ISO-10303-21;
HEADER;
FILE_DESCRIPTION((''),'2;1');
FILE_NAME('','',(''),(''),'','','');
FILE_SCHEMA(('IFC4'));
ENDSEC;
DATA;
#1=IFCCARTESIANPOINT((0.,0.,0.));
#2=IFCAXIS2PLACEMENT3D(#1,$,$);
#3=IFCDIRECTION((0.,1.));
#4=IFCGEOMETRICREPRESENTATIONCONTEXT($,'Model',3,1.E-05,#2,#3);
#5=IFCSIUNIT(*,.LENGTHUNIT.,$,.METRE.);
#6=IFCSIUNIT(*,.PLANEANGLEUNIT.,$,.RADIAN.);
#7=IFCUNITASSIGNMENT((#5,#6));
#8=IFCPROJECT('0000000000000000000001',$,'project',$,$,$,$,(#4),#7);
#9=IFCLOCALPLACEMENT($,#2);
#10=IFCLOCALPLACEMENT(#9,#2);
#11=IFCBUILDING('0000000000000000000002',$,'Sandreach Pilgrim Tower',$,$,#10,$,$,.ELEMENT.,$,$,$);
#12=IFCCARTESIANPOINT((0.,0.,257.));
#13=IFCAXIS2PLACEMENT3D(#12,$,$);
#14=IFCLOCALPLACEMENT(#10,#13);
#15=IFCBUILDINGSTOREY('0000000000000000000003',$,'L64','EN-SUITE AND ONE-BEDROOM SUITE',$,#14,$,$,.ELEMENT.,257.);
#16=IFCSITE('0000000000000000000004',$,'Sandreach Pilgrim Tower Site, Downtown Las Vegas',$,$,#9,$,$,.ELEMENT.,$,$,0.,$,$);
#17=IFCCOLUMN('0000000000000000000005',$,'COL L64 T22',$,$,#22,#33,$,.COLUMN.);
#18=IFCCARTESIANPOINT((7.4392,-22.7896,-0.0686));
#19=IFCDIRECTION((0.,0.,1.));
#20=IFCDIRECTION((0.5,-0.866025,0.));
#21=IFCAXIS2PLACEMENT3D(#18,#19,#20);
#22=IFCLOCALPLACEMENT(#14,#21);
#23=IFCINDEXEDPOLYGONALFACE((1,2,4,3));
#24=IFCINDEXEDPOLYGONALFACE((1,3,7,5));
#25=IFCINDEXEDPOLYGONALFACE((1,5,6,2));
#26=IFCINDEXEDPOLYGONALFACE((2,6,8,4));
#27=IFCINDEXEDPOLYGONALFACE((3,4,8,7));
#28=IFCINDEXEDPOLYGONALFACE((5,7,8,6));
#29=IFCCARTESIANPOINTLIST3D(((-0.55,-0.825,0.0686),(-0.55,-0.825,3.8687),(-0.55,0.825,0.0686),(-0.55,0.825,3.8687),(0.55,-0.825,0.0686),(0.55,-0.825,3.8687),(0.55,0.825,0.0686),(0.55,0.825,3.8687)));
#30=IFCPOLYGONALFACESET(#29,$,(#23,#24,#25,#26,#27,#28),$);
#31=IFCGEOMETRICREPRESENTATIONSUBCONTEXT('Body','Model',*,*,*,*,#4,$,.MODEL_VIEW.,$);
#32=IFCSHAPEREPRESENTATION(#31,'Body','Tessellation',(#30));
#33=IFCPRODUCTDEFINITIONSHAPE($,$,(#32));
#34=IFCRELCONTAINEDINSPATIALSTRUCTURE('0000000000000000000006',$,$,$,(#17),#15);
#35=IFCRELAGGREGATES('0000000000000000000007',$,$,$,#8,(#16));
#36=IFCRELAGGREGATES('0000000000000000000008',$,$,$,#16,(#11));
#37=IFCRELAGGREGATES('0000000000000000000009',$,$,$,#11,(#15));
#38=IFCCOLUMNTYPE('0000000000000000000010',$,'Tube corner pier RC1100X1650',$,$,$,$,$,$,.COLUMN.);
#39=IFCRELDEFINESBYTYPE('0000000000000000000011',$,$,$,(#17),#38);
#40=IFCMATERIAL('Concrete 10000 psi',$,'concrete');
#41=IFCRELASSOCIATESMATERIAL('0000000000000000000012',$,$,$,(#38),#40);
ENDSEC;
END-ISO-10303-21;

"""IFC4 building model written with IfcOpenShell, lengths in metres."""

from ifc_helpers import new_model, si_unit, direction, frame, origin, origin_2d, place, context, subcontext, project, spatial, rectangle, extrude, clip, halfspace, material, material_profile, profile_set, type_object, element, save


model = new_model("IFC4")

# Units and contexts
model_context = context("Model", 3, precision=1e-05, world=origin(), true_north=direction((0.0, 1.0)))
body_context = subcontext(model_context, "Body", "Model", "MODEL_VIEW")
ifc_project = project(units=[si_unit("LENGTHUNIT", "METRE"), si_unit("PLANEANGLEUNIT", "RADIAN")], contexts=[model_context])

# Site, building, storey
site_placement = place(None, origin())
site = spatial("IfcSite", under=ifc_project, at=site_placement, Name="Sandreach Pilgrim Tower Site, Downtown Las Vegas", CompositionType="ELEMENT", RefElevation=0.0)
building_placement = place(site_placement, origin())
building = spatial("IfcBuilding", under=site, at=building_placement, Name="Sandreach Pilgrim Tower", CompositionType="ELEMENT")
storey_placement = place(building_placement, frame((0.0, 0.0, 257.0)))
storey = spatial("IfcBuildingStorey", under=building, at=storey_placement, Name="L64", Description="EN-SUITE AND ONE-BEDROOM SUITE", CompositionType="ELEMENT", Elevation=257.0)

# Column
ifc_material_1 = material(Name="Concrete 10000 psi", Category="concrete")
ifc_material_profile_1 = material_profile(ifc_material_1, rectangle(XDim=1.1001, YDim=1.6499, at=origin_2d()), Name="RC1100X1650")
ifc_profile_set_1 = profile_set([ifc_material_profile_1], Name="Concrete 10000 psi")
column_type = type_object("IfcColumnType", Name="Tube corner pier RC1100X1650", PredefinedType="COLUMN", material=ifc_profile_set_1)
column_placement = place(storey_placement, frame((7.4392, -22.7896, -0.0686), z_axis=(0.0, 0.0, 1.0), x_axis=(0.5, -0.866025, 0.0)))
element("IfcColumn", 1, at=column_placement, inside=storey, type_object=column_type, Name="COL L64 T22", PredefinedType="COLUMN", context=body_context, shape_type="SweptSolid", body=[
    clip(extrude(rectangle(XDim=1.1001, YDim=1.6499, at=origin_2d()), origin(), (0.0, 0.0, 1.0), 3.8687), halfspace(frame((0.0, 0.0, 0.0686)), True)),
])

save(model, "model.ifc")
